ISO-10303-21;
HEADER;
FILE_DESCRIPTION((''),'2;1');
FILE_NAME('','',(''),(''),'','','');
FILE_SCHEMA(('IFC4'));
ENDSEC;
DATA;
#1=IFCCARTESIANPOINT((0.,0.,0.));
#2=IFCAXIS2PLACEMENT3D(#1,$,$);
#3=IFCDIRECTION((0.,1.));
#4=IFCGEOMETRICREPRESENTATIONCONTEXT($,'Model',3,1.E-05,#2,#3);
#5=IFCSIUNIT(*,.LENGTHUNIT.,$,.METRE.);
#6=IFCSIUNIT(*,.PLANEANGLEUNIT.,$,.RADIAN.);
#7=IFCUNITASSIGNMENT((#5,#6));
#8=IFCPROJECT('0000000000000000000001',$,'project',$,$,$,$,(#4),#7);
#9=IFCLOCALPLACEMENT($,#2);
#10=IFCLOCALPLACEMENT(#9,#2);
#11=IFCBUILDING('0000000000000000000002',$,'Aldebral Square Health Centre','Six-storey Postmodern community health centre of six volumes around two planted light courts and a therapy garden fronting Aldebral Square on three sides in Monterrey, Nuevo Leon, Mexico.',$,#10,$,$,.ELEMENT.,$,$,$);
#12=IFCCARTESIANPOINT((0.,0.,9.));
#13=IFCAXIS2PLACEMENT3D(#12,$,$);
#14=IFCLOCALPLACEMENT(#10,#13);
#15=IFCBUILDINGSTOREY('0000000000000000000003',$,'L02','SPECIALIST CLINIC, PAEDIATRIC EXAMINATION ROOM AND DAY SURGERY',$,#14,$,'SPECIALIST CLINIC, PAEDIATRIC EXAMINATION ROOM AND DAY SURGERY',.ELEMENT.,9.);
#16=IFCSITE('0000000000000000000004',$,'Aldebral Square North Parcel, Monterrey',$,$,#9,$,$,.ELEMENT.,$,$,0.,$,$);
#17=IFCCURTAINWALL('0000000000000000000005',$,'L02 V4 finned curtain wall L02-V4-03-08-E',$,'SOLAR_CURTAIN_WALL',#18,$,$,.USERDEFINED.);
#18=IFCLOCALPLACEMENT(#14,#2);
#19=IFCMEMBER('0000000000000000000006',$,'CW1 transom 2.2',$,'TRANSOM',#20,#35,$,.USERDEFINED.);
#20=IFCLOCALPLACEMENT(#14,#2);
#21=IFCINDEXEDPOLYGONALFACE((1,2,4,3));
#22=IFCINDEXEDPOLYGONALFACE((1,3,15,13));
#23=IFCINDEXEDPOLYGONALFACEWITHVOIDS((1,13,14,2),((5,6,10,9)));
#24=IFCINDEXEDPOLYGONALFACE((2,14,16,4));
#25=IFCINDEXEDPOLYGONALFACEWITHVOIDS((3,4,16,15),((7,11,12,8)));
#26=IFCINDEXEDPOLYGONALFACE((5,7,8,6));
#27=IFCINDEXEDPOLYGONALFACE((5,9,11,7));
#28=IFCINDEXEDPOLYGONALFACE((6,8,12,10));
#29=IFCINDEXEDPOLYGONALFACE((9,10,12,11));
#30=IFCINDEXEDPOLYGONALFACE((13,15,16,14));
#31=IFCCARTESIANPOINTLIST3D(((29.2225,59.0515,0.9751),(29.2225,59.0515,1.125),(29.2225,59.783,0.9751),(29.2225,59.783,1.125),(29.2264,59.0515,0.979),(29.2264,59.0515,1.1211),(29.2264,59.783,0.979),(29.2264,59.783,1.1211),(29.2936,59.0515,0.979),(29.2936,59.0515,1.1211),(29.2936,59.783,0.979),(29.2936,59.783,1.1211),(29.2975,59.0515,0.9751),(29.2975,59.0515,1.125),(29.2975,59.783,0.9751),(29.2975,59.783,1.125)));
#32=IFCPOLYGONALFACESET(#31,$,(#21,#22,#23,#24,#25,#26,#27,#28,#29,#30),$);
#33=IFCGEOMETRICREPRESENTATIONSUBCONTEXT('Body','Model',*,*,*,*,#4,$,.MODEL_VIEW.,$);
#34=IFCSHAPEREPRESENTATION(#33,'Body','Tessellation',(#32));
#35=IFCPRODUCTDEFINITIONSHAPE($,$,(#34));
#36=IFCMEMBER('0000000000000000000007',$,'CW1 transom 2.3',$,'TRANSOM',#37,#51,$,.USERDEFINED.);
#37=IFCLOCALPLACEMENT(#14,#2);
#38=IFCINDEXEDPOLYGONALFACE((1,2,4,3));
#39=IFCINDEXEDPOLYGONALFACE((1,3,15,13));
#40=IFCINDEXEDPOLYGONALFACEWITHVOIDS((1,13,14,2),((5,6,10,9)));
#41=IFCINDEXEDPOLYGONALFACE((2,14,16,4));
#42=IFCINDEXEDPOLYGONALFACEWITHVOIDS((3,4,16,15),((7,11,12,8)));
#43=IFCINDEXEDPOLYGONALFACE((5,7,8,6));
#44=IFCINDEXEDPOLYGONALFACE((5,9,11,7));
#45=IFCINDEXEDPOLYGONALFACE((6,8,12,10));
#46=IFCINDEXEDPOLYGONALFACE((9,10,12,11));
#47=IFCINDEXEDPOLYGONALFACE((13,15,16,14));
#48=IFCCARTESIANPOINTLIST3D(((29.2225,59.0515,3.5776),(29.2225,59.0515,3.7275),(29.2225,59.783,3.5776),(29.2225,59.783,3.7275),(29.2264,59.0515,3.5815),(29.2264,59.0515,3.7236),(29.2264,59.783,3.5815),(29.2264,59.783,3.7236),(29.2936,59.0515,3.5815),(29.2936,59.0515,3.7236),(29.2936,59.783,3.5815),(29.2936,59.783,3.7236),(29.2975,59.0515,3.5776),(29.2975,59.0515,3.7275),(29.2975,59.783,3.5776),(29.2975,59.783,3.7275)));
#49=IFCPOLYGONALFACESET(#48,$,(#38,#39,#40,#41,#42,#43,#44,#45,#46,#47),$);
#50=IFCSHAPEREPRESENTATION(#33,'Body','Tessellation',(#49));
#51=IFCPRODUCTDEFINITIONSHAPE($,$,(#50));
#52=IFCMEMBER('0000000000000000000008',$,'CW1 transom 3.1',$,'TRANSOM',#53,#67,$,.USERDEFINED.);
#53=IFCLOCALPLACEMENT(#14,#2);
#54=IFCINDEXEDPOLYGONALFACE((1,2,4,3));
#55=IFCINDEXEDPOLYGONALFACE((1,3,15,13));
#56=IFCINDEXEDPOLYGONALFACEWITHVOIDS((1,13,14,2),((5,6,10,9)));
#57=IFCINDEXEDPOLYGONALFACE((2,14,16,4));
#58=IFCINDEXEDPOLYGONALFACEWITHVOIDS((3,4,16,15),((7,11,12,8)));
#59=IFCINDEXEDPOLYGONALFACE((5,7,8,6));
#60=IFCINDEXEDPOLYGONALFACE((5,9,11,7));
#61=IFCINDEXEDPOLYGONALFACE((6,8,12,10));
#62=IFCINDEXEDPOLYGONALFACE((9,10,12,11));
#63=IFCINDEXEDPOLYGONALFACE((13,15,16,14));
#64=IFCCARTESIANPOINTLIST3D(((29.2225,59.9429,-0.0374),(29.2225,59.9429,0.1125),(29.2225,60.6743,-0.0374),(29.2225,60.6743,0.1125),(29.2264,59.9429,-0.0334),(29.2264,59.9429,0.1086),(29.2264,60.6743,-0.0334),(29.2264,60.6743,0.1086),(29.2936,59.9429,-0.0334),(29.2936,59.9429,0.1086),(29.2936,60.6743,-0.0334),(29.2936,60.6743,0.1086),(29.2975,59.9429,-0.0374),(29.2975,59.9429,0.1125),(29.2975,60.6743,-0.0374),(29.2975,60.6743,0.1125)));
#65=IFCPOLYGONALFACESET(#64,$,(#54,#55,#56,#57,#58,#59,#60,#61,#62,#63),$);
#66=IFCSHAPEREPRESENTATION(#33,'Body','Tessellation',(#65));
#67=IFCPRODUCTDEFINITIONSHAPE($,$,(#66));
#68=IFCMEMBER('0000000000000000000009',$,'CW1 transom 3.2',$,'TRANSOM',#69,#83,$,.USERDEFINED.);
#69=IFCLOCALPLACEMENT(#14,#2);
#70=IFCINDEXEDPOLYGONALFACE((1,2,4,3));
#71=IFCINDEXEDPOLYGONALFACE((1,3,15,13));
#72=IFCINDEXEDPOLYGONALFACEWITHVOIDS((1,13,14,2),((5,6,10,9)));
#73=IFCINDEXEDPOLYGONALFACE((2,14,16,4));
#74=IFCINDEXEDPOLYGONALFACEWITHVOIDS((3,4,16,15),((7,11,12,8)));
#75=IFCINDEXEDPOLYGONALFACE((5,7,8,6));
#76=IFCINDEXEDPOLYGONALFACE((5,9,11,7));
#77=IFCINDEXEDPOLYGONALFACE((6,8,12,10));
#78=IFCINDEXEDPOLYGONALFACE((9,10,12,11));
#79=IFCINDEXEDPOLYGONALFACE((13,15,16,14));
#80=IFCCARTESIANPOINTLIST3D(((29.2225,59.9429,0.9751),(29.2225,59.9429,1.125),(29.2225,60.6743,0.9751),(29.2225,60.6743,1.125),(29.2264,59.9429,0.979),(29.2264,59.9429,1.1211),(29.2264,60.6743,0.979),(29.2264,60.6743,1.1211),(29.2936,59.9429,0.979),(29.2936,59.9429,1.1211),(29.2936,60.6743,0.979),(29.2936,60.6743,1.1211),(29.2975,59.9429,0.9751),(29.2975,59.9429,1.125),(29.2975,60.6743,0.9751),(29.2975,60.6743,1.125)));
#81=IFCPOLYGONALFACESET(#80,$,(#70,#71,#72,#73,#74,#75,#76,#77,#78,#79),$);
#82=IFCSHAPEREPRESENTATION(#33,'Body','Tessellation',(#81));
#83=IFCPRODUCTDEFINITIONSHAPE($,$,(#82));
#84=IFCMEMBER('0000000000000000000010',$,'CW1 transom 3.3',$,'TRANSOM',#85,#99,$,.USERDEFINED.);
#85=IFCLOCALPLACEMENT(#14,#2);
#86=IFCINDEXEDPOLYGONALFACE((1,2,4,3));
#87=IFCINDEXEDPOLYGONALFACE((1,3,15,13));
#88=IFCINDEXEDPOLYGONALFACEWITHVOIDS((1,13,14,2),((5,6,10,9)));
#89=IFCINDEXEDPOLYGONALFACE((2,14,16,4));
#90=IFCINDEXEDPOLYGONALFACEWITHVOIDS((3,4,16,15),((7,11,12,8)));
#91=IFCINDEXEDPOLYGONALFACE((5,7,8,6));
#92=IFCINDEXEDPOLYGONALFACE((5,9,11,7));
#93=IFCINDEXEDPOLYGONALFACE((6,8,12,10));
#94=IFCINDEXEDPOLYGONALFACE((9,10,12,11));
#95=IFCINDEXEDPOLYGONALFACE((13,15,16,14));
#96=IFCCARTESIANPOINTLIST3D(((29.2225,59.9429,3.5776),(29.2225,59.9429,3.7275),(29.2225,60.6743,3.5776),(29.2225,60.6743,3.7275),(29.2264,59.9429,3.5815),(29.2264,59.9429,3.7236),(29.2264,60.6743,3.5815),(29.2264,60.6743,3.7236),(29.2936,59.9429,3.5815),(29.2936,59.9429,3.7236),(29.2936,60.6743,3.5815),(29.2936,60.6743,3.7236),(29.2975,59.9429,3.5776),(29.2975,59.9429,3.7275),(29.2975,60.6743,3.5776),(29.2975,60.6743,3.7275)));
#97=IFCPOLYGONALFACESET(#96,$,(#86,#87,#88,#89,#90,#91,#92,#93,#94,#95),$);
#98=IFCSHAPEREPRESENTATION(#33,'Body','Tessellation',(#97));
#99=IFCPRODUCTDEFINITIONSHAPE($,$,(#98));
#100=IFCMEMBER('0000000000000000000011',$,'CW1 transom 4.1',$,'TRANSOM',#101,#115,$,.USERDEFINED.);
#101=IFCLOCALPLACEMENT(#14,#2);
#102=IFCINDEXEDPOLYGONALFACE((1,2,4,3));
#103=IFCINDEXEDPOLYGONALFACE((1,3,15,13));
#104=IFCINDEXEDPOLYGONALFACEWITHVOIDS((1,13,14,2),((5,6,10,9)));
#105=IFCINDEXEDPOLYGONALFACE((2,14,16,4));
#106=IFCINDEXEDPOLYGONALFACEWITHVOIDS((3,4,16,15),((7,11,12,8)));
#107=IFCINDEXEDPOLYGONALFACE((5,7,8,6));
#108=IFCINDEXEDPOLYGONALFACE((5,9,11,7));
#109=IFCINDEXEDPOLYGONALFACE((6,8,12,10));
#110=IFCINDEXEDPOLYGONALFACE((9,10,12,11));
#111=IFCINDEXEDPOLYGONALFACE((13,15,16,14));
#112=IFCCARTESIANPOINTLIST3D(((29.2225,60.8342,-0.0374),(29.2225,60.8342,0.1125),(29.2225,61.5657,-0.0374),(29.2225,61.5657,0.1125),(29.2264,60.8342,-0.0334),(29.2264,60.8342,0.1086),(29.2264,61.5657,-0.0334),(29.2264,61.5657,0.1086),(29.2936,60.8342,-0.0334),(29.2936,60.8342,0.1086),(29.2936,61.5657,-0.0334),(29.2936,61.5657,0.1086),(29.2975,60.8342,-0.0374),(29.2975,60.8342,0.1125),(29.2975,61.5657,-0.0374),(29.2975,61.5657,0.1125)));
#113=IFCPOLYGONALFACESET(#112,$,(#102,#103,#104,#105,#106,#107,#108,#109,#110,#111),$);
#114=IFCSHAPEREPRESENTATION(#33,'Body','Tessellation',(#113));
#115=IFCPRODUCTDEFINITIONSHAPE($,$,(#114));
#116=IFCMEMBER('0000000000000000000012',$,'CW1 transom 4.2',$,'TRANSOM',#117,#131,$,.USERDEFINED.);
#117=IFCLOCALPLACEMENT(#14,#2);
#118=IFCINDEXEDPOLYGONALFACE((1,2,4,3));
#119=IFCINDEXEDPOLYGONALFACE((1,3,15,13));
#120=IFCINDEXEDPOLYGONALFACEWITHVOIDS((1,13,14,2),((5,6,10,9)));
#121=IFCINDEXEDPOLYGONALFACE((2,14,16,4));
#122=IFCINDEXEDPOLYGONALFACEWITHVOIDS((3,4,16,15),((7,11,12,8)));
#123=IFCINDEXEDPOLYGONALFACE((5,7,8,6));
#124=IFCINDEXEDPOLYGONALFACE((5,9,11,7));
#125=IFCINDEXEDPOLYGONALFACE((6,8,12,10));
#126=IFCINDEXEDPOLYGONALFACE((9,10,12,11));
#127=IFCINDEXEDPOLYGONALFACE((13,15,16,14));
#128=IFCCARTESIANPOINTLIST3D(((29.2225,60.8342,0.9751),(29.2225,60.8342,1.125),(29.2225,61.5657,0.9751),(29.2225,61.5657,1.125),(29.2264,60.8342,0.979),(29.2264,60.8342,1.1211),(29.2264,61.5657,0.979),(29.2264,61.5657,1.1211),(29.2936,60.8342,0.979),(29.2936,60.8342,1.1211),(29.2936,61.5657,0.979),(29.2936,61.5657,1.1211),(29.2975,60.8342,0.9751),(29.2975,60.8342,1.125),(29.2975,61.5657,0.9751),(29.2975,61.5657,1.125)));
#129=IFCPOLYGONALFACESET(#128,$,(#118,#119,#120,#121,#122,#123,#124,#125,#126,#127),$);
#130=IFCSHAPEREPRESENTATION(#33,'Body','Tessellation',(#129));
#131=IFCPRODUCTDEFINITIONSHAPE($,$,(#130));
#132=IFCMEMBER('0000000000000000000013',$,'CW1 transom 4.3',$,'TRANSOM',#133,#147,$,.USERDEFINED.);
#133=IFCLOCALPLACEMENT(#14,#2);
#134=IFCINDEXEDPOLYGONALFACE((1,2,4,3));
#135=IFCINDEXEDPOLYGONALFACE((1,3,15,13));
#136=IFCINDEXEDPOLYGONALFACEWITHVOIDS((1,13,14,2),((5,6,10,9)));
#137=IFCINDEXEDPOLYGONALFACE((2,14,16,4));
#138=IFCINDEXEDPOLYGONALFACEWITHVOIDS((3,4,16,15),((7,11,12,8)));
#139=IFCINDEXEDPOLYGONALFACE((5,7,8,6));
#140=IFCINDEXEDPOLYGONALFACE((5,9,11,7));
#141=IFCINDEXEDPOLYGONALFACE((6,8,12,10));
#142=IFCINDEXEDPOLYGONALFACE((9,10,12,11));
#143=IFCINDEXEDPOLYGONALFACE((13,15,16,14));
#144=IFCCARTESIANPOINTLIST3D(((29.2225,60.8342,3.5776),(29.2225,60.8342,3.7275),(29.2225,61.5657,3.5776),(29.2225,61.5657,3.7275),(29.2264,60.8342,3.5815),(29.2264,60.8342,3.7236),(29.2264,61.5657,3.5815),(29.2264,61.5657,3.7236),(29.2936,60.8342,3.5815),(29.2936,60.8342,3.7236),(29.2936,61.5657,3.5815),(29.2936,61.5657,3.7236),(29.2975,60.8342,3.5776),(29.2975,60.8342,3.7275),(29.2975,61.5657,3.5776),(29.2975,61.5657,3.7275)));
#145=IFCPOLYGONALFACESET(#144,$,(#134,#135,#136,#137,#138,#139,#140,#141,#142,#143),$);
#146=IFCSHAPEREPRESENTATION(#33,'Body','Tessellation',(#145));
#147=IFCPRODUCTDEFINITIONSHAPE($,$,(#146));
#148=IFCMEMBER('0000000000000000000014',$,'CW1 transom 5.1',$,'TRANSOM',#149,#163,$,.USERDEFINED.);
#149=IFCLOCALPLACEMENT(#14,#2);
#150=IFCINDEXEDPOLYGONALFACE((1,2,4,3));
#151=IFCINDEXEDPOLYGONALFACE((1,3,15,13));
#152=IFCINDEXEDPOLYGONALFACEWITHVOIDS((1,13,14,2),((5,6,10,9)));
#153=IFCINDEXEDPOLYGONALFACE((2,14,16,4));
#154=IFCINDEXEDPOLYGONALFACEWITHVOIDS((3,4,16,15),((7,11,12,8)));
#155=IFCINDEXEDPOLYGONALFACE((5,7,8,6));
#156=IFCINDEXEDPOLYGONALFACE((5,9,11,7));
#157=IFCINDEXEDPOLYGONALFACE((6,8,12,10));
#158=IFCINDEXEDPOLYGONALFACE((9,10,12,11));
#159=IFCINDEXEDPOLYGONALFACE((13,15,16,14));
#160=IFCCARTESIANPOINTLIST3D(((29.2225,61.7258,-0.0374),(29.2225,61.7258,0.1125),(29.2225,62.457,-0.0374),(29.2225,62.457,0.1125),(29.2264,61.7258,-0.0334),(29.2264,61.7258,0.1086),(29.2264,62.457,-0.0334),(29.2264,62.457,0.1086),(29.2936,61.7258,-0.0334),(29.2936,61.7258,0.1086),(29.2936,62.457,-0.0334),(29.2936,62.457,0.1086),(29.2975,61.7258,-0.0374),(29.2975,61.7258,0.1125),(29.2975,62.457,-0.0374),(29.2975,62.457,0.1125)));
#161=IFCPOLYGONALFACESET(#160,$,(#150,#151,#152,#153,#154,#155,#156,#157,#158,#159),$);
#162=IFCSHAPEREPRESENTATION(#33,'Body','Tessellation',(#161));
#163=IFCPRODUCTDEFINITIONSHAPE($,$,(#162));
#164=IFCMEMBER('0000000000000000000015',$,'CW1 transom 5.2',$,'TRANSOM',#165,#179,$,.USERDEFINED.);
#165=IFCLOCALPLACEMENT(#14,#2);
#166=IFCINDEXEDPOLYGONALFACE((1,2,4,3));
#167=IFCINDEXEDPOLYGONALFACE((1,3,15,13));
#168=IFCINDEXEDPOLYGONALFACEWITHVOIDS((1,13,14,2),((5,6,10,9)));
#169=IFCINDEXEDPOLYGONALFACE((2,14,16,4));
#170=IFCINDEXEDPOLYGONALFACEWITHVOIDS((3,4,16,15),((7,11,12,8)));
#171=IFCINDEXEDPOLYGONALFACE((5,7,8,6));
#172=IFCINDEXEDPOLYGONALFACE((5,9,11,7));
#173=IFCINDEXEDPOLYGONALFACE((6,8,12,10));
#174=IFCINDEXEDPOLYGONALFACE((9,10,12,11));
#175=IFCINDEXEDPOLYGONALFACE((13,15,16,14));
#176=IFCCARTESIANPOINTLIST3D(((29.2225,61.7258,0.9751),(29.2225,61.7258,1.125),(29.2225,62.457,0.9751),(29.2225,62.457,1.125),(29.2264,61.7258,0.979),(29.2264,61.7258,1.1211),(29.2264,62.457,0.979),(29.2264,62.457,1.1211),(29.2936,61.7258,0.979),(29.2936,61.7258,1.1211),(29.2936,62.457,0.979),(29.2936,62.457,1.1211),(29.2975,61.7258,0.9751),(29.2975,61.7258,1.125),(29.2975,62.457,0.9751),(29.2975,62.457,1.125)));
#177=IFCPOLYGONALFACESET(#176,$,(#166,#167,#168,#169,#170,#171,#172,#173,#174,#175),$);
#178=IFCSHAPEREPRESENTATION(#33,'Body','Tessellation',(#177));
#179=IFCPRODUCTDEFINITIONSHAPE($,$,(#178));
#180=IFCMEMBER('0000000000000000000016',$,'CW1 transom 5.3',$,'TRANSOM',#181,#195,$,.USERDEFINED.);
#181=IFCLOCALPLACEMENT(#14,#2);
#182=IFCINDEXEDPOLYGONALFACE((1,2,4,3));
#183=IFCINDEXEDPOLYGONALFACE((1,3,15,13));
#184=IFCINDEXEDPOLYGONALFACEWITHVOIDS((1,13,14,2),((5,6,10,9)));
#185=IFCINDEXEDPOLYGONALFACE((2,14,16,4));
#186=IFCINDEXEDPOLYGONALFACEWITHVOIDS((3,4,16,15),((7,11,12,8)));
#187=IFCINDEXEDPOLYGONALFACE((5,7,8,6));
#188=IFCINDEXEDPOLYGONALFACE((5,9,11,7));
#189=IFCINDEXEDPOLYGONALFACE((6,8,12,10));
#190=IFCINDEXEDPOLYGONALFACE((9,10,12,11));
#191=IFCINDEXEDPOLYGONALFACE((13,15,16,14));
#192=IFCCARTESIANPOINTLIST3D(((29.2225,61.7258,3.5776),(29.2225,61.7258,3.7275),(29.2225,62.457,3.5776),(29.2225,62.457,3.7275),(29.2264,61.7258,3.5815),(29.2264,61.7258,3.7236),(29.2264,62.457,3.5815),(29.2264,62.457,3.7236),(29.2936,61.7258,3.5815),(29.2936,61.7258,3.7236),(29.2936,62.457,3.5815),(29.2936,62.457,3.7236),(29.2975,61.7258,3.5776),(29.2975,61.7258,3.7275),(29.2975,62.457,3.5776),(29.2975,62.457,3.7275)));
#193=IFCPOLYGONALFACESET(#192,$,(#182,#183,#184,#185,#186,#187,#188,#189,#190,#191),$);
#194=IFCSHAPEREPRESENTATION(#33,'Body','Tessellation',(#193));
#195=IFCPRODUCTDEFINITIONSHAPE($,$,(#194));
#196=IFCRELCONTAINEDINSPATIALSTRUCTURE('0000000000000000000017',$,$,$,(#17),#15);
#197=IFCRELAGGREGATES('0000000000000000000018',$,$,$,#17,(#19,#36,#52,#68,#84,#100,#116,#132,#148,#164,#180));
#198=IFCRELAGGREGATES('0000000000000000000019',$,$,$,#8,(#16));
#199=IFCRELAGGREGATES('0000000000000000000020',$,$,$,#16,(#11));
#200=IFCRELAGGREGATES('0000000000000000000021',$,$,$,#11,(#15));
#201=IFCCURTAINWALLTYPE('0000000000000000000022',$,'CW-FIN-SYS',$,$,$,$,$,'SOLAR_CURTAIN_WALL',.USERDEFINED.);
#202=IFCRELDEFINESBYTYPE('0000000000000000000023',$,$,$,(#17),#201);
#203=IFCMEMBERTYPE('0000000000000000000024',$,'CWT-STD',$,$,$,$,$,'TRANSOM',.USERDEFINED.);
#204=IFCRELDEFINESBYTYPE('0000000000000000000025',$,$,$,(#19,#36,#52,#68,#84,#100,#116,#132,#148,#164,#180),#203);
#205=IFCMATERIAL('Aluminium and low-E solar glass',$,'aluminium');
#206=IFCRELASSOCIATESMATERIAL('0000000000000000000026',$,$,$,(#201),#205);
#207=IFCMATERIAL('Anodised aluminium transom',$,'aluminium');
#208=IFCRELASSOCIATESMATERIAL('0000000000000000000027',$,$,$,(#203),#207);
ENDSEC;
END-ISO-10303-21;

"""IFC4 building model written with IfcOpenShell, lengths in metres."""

from ifc_helpers import new_model, si_unit, direction, frame, origin, origin_2d, place, context, subcontext, project, spatial, hollow_rectangle, extrude, material, material_profile, profile_set, type_object, element, aggregate, save


model = new_model("IFC4")

# Units and contexts
model_context = context("Model", 3, precision=1e-05, world=origin(), true_north=direction((0.0, 1.0)))
body_context = subcontext(model_context, "Body", "Model", "MODEL_VIEW")
ifc_project = project(units=[si_unit("LENGTHUNIT", "METRE"), si_unit("PLANEANGLEUNIT", "RADIAN")], contexts=[model_context])

# Site, building, storey
site_placement = place(None, origin())
site = spatial("IfcSite", under=ifc_project, at=site_placement, Name="Aldebral Square North Parcel, Monterrey", CompositionType="ELEMENT", RefElevation=0.0)
building_placement = place(site_placement, origin())
building = spatial("IfcBuilding", under=site, at=building_placement, Name="Aldebral Square Health Centre", Description="Six-storey Postmodern community health centre of six volumes around two planted light courts and a therapy garden fronting Aldebral Square on three sides in Monterrey, Nuevo Leon, Mexico.", CompositionType="ELEMENT")
storey_placement = place(building_placement, frame((0.0, 0.0, 9.0)))
storey = spatial("IfcBuildingStorey", under=building, at=storey_placement, Name="L02", Description="SPECIALIST CLINIC, PAEDIATRIC EXAMINATION ROOM AND DAY SURGERY", LongName="SPECIALIST CLINIC, PAEDIATRIC EXAMINATION ROOM AND DAY SURGERY", CompositionType="ELEMENT", Elevation=9.0)

# Curtain wall, members
ifc_material_1 = material(Name="Aluminium and low-E solar glass", Category="aluminium")
curtain_wall_type = type_object("IfcCurtainWallType", Name="CW-FIN-SYS", ElementType="SOLAR_CURTAIN_WALL", PredefinedType="USERDEFINED", material=ifc_material_1)
curtain_wall_placement = place(storey_placement, origin())
curtain_wall = element("IfcCurtainWall", 1, at=curtain_wall_placement, inside=storey, type_object=curtain_wall_type, Name="L02 V4 finned curtain wall L02-V4-03-08-E", ObjectType="SOLAR_CURTAIN_WALL", PredefinedType="USERDEFINED")
ifc_material_2 = material(Name="Anodised aluminium transom", Category="aluminium")
ifc_material_profile_1 = material_profile(ifc_material_2, hollow_rectangle(XDim=0.075, YDim=0.1499, WallThickness=0.0039, at=origin_2d()), Name="CWT 75x150x4")
ifc_profile_set_1 = profile_set([ifc_material_profile_1], Name="Anodised aluminium transom")
member_type_1 = type_object("IfcMemberType", Name="CWT-STD", ElementType="TRANSOM", PredefinedType="USERDEFINED", material=ifc_profile_set_1)
member_1_placement = place(storey_placement, frame((29.26, 59.0515, 1.05), z_axis=(0.0, 1.0, 0.0), x_axis=(-1.0, 0.0, 0.0)))
member_1 = element("IfcMember", 2, at=member_1_placement, type_object=member_type_1, Name="CW1 transom 2.2", ObjectType="TRANSOM", PredefinedType="USERDEFINED", context=body_context, shape_type="SweptSolid", body=[
    extrude(hollow_rectangle(XDim=0.075, YDim=0.1499, WallThickness=0.0039, at=origin_2d()), origin(), (0.0, 0.0, 1.0), 0.7314),
])
member_2_placement = place(storey_placement, frame((29.26, 59.0515, 3.6526), z_axis=(0.0, 1.0, 0.0), x_axis=(-1.0, 0.0, 0.0)))
member_2 = element("IfcMember", 3, at=member_2_placement, type_object=member_type_1, Name="CW1 transom 2.3", ObjectType="TRANSOM", PredefinedType="USERDEFINED", context=body_context, shape_type="SweptSolid", body=[
    extrude(hollow_rectangle(XDim=0.075, YDim=0.1499, WallThickness=0.0039, at=origin_2d()), origin(), (0.0, 0.0, 1.0), 0.7314),
])
member_3_placement = place(storey_placement, frame((29.26, 59.9429, 0.0376), z_axis=(0.0, 1.0, 0.0), x_axis=(-1.0, 0.0, 0.0)))
member_3 = element("IfcMember", 4, at=member_3_placement, type_object=member_type_1, Name="CW1 transom 3.1", ObjectType="TRANSOM", PredefinedType="USERDEFINED", context=body_context, shape_type="SweptSolid", body=[
    extrude(hollow_rectangle(XDim=0.075, YDim=0.1499, WallThickness=0.0039, at=origin_2d()), origin(), (0.0, 0.0, 1.0), 0.7314),
])
member_4_placement = place(storey_placement, frame((29.26, 59.9429, 1.05), z_axis=(0.0, 1.0, 0.0), x_axis=(-1.0, 0.0, 0.0)))
member_4 = element("IfcMember", 5, at=member_4_placement, type_object=member_type_1, Name="CW1 transom 3.2", ObjectType="TRANSOM", PredefinedType="USERDEFINED", context=body_context, shape_type="SweptSolid", body=[
    extrude(hollow_rectangle(XDim=0.075, YDim=0.1499, WallThickness=0.0039, at=origin_2d()), origin(), (0.0, 0.0, 1.0), 0.7314),
])
member_5_placement = place(storey_placement, frame((29.26, 59.9429, 3.6526), z_axis=(0.0, 1.0, 0.0), x_axis=(-1.0, 0.0, 0.0)))
member_5 = element("IfcMember", 6, at=member_5_placement, type_object=member_type_1, Name="CW1 transom 3.3", ObjectType="TRANSOM", PredefinedType="USERDEFINED", context=body_context, shape_type="SweptSolid", body=[
    extrude(hollow_rectangle(XDim=0.075, YDim=0.1499, WallThickness=0.0039, at=origin_2d()), origin(), (0.0, 0.0, 1.0), 0.7314),
])
member_6_placement = place(storey_placement, frame((29.26, 60.8342, 0.0376), z_axis=(0.0, 1.0, 0.0), x_axis=(-1.0, 0.0, 0.0)))
member_6 = element("IfcMember", 7, at=member_6_placement, type_object=member_type_1, Name="CW1 transom 4.1", ObjectType="TRANSOM", PredefinedType="USERDEFINED", context=body_context, shape_type="SweptSolid", body=[
    extrude(hollow_rectangle(XDim=0.075, YDim=0.1499, WallThickness=0.0039, at=origin_2d()), origin(), (0.0, 0.0, 1.0), 0.7314),
])
member_7_placement = place(storey_placement, frame((29.26, 60.8342, 1.05), z_axis=(0.0, 1.0, 0.0), x_axis=(-1.0, 0.0, 0.0)))
member_7 = element("IfcMember", 8, at=member_7_placement, type_object=member_type_1, Name="CW1 transom 4.2", ObjectType="TRANSOM", PredefinedType="USERDEFINED", context=body_context, shape_type="SweptSolid", body=[
    extrude(hollow_rectangle(XDim=0.075, YDim=0.1499, WallThickness=0.0039, at=origin_2d()), origin(), (0.0, 0.0, 1.0), 0.7314),
])
member_8_placement = place(storey_placement, frame((29.26, 60.8342, 3.6526), z_axis=(0.0, 1.0, 0.0), x_axis=(-1.0, 0.0, 0.0)))
member_8 = element("IfcMember", 9, at=member_8_placement, type_object=member_type_1, Name="CW1 transom 4.3", ObjectType="TRANSOM", PredefinedType="USERDEFINED", context=body_context, shape_type="SweptSolid", body=[
    extrude(hollow_rectangle(XDim=0.075, YDim=0.1499, WallThickness=0.0039, at=origin_2d()), origin(), (0.0, 0.0, 1.0), 0.7314),
])
member_9_placement = place(storey_placement, frame((29.26, 61.7258, 0.0376), z_axis=(0.0, 1.0, 0.0), x_axis=(-1.0, 0.0, 0.0)))
member_9 = element("IfcMember", 10, at=member_9_placement, type_object=member_type_1, Name="CW1 transom 5.1", ObjectType="TRANSOM", PredefinedType="USERDEFINED", context=body_context, shape_type="SweptSolid", body=[
    extrude(hollow_rectangle(XDim=0.075, YDim=0.1499, WallThickness=0.0039, at=origin_2d()), origin(), (0.0, 0.0, 1.0), 0.7312),
])
member_10_placement = place(storey_placement, frame((29.26, 61.7258, 1.05), z_axis=(0.0, 1.0, 0.0), x_axis=(-1.0, 0.0, 0.0)))
member_10 = element("IfcMember", 11, at=member_10_placement, type_object=member_type_1, Name="CW1 transom 5.2", ObjectType="TRANSOM", PredefinedType="USERDEFINED", context=body_context, shape_type="SweptSolid", body=[
    extrude(hollow_rectangle(XDim=0.075, YDim=0.1499, WallThickness=0.0039, at=origin_2d()), origin(), (0.0, 0.0, 1.0), 0.7312),
])
member_11_placement = place(storey_placement, frame((29.26, 61.7258, 3.6526), z_axis=(0.0, 1.0, 0.0), x_axis=(-1.0, 0.0, 0.0)))
member_11 = element("IfcMember", 12, at=member_11_placement, type_object=member_type_1, Name="CW1 transom 5.3", ObjectType="TRANSOM", PredefinedType="USERDEFINED", context=body_context, shape_type="SweptSolid", body=[
    extrude(hollow_rectangle(XDim=0.075, YDim=0.1499, WallThickness=0.0039, at=origin_2d()), origin(), (0.0, 0.0, 1.0), 0.7312),
])
aggregate(curtain_wall, [member_1, member_2, member_3, member_4, member_5, member_6, member_7, member_8, member_9, member_10, member_11])

save(model, "model.ifc")
